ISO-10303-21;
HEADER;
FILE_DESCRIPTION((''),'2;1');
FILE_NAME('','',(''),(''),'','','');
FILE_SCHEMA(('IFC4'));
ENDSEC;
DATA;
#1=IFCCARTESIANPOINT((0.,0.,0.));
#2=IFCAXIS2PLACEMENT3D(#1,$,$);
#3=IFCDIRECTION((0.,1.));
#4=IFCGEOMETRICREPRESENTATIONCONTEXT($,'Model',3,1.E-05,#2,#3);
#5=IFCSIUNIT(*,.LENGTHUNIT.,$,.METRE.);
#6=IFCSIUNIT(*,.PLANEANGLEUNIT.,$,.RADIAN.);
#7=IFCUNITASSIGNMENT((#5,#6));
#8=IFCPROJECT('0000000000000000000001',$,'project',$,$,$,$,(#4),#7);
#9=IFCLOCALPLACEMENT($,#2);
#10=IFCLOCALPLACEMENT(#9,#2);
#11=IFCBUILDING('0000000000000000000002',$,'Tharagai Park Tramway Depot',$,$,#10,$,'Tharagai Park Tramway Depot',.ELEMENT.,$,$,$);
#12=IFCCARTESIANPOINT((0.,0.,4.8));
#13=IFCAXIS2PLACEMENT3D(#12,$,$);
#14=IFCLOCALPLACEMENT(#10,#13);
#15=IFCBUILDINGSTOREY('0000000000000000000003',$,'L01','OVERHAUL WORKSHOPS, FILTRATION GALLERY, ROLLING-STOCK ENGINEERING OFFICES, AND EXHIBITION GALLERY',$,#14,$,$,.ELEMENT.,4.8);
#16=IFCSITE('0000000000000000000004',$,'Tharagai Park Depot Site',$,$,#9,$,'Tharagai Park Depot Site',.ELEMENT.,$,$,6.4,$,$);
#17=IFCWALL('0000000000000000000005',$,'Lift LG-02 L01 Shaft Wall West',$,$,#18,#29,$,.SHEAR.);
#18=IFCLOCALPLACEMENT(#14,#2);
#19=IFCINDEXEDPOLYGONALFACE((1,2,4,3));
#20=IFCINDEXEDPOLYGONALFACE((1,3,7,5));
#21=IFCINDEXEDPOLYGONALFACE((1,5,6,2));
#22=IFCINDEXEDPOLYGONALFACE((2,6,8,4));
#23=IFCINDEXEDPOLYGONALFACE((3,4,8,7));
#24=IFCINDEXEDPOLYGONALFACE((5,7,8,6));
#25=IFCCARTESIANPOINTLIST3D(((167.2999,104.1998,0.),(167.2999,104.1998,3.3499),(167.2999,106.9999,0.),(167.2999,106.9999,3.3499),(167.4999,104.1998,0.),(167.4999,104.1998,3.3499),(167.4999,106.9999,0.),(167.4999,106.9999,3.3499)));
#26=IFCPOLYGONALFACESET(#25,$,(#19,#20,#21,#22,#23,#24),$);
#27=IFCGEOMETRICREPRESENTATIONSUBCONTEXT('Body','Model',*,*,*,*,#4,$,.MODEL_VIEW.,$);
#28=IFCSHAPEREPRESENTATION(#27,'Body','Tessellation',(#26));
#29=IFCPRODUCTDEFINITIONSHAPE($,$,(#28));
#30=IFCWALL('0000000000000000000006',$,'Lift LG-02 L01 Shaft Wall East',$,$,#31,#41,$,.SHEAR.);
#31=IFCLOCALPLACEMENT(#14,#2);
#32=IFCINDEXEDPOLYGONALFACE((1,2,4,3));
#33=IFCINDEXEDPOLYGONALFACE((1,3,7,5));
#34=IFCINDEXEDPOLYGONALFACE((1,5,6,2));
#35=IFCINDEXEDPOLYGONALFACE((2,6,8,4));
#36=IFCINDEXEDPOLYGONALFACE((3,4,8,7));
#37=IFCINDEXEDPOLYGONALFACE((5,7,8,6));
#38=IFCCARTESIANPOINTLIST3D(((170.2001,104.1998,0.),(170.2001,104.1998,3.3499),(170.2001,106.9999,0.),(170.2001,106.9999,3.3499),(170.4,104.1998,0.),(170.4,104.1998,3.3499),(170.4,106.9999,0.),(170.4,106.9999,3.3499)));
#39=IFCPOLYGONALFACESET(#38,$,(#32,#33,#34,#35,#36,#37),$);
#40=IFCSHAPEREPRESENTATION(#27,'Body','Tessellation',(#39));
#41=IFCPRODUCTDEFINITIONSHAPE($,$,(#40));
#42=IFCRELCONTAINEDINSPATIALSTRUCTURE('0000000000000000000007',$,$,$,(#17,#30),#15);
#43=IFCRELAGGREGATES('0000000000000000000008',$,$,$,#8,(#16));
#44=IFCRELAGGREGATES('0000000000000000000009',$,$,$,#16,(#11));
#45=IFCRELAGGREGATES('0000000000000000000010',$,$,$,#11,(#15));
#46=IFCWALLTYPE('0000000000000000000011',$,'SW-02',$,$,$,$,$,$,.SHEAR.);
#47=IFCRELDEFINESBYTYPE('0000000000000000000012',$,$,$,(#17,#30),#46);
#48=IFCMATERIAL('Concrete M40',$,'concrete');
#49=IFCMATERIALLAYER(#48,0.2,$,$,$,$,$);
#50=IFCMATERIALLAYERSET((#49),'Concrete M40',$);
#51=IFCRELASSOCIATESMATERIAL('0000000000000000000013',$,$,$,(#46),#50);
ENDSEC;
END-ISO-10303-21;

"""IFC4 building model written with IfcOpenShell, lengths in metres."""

from ifc_helpers import new_model, si_unit, direction, frame, frame_2d, origin, place, context, subcontext, project, spatial, rectangle, extrude, material, layer, layer_set, type_object, element, save


model = new_model("IFC4")

# Units and contexts
model_context = context("Model", 3, precision=1e-05, world=origin(), true_north=direction((0.0, 1.0)))
body_context = subcontext(model_context, "Body", "Model", "MODEL_VIEW")
ifc_project = project(units=[si_unit("LENGTHUNIT", "METRE"), si_unit("PLANEANGLEUNIT", "RADIAN")], contexts=[model_context])

# Site, building, storey
site_placement = place(None, origin())
site = spatial("IfcSite", under=ifc_project, at=site_placement, Name="Tharagai Park Depot Site", LongName="Tharagai Park Depot Site", CompositionType="ELEMENT", RefElevation=6.4)
building_placement = place(site_placement, origin())
building = spatial("IfcBuilding", under=site, at=building_placement, Name="Tharagai Park Tramway Depot", LongName="Tharagai Park Tramway Depot", CompositionType="ELEMENT")
storey_placement = place(building_placement, frame((0.0, 0.0, 4.8)))
storey = spatial("IfcBuildingStorey", under=building, at=storey_placement, Name="L01", Description="OVERHAUL WORKSHOPS, FILTRATION GALLERY, ROLLING-STOCK ENGINEERING OFFICES, AND EXHIBITION GALLERY", CompositionType="ELEMENT", Elevation=4.8)

# Shared definitions
ifc_material_1 = material(Name="Concrete M40", Category="concrete")

# Shared definitions
ifc_layer_1 = layer(ifc_material_1, 0.2)
ifc_layer_set_1 = layer_set([ifc_layer_1], Name="Concrete M40")
wall_type_1 = type_object("IfcWallType", Name="SW-02", PredefinedType="SHEAR", material=ifc_layer_set_1)

# Walls
for number, where, z_axis, x_axis, name in (
    (1, (167.3999, 104.2, 0.0), (0.0, 0.0, 1.0), (0.0, 1.0, 0.0), "Lift LG-02 L01 Shaft Wall West"),
    (2, (170.3, 104.2, 0.0), (0.0, 0.0, 1.0), (0.0, 1.0, 0.0), "Lift LG-02 L01 Shaft Wall East"),
):
    element("IfcWall", number, at=place(storey_placement, frame(where, z_axis=z_axis, x_axis=x_axis)), inside=storey, type_object=wall_type_1, Name=name, PredefinedType="SHEAR", context=body_context, shape_type="SweptSolid", body=[
        extrude(rectangle(XDim=2.8, YDim=0.2, at=frame_2d((1.3999, 0.0))), origin(), (0.0, 0.0, 1.0), 3.3499),
    ])

save(model, "model.ifc")
